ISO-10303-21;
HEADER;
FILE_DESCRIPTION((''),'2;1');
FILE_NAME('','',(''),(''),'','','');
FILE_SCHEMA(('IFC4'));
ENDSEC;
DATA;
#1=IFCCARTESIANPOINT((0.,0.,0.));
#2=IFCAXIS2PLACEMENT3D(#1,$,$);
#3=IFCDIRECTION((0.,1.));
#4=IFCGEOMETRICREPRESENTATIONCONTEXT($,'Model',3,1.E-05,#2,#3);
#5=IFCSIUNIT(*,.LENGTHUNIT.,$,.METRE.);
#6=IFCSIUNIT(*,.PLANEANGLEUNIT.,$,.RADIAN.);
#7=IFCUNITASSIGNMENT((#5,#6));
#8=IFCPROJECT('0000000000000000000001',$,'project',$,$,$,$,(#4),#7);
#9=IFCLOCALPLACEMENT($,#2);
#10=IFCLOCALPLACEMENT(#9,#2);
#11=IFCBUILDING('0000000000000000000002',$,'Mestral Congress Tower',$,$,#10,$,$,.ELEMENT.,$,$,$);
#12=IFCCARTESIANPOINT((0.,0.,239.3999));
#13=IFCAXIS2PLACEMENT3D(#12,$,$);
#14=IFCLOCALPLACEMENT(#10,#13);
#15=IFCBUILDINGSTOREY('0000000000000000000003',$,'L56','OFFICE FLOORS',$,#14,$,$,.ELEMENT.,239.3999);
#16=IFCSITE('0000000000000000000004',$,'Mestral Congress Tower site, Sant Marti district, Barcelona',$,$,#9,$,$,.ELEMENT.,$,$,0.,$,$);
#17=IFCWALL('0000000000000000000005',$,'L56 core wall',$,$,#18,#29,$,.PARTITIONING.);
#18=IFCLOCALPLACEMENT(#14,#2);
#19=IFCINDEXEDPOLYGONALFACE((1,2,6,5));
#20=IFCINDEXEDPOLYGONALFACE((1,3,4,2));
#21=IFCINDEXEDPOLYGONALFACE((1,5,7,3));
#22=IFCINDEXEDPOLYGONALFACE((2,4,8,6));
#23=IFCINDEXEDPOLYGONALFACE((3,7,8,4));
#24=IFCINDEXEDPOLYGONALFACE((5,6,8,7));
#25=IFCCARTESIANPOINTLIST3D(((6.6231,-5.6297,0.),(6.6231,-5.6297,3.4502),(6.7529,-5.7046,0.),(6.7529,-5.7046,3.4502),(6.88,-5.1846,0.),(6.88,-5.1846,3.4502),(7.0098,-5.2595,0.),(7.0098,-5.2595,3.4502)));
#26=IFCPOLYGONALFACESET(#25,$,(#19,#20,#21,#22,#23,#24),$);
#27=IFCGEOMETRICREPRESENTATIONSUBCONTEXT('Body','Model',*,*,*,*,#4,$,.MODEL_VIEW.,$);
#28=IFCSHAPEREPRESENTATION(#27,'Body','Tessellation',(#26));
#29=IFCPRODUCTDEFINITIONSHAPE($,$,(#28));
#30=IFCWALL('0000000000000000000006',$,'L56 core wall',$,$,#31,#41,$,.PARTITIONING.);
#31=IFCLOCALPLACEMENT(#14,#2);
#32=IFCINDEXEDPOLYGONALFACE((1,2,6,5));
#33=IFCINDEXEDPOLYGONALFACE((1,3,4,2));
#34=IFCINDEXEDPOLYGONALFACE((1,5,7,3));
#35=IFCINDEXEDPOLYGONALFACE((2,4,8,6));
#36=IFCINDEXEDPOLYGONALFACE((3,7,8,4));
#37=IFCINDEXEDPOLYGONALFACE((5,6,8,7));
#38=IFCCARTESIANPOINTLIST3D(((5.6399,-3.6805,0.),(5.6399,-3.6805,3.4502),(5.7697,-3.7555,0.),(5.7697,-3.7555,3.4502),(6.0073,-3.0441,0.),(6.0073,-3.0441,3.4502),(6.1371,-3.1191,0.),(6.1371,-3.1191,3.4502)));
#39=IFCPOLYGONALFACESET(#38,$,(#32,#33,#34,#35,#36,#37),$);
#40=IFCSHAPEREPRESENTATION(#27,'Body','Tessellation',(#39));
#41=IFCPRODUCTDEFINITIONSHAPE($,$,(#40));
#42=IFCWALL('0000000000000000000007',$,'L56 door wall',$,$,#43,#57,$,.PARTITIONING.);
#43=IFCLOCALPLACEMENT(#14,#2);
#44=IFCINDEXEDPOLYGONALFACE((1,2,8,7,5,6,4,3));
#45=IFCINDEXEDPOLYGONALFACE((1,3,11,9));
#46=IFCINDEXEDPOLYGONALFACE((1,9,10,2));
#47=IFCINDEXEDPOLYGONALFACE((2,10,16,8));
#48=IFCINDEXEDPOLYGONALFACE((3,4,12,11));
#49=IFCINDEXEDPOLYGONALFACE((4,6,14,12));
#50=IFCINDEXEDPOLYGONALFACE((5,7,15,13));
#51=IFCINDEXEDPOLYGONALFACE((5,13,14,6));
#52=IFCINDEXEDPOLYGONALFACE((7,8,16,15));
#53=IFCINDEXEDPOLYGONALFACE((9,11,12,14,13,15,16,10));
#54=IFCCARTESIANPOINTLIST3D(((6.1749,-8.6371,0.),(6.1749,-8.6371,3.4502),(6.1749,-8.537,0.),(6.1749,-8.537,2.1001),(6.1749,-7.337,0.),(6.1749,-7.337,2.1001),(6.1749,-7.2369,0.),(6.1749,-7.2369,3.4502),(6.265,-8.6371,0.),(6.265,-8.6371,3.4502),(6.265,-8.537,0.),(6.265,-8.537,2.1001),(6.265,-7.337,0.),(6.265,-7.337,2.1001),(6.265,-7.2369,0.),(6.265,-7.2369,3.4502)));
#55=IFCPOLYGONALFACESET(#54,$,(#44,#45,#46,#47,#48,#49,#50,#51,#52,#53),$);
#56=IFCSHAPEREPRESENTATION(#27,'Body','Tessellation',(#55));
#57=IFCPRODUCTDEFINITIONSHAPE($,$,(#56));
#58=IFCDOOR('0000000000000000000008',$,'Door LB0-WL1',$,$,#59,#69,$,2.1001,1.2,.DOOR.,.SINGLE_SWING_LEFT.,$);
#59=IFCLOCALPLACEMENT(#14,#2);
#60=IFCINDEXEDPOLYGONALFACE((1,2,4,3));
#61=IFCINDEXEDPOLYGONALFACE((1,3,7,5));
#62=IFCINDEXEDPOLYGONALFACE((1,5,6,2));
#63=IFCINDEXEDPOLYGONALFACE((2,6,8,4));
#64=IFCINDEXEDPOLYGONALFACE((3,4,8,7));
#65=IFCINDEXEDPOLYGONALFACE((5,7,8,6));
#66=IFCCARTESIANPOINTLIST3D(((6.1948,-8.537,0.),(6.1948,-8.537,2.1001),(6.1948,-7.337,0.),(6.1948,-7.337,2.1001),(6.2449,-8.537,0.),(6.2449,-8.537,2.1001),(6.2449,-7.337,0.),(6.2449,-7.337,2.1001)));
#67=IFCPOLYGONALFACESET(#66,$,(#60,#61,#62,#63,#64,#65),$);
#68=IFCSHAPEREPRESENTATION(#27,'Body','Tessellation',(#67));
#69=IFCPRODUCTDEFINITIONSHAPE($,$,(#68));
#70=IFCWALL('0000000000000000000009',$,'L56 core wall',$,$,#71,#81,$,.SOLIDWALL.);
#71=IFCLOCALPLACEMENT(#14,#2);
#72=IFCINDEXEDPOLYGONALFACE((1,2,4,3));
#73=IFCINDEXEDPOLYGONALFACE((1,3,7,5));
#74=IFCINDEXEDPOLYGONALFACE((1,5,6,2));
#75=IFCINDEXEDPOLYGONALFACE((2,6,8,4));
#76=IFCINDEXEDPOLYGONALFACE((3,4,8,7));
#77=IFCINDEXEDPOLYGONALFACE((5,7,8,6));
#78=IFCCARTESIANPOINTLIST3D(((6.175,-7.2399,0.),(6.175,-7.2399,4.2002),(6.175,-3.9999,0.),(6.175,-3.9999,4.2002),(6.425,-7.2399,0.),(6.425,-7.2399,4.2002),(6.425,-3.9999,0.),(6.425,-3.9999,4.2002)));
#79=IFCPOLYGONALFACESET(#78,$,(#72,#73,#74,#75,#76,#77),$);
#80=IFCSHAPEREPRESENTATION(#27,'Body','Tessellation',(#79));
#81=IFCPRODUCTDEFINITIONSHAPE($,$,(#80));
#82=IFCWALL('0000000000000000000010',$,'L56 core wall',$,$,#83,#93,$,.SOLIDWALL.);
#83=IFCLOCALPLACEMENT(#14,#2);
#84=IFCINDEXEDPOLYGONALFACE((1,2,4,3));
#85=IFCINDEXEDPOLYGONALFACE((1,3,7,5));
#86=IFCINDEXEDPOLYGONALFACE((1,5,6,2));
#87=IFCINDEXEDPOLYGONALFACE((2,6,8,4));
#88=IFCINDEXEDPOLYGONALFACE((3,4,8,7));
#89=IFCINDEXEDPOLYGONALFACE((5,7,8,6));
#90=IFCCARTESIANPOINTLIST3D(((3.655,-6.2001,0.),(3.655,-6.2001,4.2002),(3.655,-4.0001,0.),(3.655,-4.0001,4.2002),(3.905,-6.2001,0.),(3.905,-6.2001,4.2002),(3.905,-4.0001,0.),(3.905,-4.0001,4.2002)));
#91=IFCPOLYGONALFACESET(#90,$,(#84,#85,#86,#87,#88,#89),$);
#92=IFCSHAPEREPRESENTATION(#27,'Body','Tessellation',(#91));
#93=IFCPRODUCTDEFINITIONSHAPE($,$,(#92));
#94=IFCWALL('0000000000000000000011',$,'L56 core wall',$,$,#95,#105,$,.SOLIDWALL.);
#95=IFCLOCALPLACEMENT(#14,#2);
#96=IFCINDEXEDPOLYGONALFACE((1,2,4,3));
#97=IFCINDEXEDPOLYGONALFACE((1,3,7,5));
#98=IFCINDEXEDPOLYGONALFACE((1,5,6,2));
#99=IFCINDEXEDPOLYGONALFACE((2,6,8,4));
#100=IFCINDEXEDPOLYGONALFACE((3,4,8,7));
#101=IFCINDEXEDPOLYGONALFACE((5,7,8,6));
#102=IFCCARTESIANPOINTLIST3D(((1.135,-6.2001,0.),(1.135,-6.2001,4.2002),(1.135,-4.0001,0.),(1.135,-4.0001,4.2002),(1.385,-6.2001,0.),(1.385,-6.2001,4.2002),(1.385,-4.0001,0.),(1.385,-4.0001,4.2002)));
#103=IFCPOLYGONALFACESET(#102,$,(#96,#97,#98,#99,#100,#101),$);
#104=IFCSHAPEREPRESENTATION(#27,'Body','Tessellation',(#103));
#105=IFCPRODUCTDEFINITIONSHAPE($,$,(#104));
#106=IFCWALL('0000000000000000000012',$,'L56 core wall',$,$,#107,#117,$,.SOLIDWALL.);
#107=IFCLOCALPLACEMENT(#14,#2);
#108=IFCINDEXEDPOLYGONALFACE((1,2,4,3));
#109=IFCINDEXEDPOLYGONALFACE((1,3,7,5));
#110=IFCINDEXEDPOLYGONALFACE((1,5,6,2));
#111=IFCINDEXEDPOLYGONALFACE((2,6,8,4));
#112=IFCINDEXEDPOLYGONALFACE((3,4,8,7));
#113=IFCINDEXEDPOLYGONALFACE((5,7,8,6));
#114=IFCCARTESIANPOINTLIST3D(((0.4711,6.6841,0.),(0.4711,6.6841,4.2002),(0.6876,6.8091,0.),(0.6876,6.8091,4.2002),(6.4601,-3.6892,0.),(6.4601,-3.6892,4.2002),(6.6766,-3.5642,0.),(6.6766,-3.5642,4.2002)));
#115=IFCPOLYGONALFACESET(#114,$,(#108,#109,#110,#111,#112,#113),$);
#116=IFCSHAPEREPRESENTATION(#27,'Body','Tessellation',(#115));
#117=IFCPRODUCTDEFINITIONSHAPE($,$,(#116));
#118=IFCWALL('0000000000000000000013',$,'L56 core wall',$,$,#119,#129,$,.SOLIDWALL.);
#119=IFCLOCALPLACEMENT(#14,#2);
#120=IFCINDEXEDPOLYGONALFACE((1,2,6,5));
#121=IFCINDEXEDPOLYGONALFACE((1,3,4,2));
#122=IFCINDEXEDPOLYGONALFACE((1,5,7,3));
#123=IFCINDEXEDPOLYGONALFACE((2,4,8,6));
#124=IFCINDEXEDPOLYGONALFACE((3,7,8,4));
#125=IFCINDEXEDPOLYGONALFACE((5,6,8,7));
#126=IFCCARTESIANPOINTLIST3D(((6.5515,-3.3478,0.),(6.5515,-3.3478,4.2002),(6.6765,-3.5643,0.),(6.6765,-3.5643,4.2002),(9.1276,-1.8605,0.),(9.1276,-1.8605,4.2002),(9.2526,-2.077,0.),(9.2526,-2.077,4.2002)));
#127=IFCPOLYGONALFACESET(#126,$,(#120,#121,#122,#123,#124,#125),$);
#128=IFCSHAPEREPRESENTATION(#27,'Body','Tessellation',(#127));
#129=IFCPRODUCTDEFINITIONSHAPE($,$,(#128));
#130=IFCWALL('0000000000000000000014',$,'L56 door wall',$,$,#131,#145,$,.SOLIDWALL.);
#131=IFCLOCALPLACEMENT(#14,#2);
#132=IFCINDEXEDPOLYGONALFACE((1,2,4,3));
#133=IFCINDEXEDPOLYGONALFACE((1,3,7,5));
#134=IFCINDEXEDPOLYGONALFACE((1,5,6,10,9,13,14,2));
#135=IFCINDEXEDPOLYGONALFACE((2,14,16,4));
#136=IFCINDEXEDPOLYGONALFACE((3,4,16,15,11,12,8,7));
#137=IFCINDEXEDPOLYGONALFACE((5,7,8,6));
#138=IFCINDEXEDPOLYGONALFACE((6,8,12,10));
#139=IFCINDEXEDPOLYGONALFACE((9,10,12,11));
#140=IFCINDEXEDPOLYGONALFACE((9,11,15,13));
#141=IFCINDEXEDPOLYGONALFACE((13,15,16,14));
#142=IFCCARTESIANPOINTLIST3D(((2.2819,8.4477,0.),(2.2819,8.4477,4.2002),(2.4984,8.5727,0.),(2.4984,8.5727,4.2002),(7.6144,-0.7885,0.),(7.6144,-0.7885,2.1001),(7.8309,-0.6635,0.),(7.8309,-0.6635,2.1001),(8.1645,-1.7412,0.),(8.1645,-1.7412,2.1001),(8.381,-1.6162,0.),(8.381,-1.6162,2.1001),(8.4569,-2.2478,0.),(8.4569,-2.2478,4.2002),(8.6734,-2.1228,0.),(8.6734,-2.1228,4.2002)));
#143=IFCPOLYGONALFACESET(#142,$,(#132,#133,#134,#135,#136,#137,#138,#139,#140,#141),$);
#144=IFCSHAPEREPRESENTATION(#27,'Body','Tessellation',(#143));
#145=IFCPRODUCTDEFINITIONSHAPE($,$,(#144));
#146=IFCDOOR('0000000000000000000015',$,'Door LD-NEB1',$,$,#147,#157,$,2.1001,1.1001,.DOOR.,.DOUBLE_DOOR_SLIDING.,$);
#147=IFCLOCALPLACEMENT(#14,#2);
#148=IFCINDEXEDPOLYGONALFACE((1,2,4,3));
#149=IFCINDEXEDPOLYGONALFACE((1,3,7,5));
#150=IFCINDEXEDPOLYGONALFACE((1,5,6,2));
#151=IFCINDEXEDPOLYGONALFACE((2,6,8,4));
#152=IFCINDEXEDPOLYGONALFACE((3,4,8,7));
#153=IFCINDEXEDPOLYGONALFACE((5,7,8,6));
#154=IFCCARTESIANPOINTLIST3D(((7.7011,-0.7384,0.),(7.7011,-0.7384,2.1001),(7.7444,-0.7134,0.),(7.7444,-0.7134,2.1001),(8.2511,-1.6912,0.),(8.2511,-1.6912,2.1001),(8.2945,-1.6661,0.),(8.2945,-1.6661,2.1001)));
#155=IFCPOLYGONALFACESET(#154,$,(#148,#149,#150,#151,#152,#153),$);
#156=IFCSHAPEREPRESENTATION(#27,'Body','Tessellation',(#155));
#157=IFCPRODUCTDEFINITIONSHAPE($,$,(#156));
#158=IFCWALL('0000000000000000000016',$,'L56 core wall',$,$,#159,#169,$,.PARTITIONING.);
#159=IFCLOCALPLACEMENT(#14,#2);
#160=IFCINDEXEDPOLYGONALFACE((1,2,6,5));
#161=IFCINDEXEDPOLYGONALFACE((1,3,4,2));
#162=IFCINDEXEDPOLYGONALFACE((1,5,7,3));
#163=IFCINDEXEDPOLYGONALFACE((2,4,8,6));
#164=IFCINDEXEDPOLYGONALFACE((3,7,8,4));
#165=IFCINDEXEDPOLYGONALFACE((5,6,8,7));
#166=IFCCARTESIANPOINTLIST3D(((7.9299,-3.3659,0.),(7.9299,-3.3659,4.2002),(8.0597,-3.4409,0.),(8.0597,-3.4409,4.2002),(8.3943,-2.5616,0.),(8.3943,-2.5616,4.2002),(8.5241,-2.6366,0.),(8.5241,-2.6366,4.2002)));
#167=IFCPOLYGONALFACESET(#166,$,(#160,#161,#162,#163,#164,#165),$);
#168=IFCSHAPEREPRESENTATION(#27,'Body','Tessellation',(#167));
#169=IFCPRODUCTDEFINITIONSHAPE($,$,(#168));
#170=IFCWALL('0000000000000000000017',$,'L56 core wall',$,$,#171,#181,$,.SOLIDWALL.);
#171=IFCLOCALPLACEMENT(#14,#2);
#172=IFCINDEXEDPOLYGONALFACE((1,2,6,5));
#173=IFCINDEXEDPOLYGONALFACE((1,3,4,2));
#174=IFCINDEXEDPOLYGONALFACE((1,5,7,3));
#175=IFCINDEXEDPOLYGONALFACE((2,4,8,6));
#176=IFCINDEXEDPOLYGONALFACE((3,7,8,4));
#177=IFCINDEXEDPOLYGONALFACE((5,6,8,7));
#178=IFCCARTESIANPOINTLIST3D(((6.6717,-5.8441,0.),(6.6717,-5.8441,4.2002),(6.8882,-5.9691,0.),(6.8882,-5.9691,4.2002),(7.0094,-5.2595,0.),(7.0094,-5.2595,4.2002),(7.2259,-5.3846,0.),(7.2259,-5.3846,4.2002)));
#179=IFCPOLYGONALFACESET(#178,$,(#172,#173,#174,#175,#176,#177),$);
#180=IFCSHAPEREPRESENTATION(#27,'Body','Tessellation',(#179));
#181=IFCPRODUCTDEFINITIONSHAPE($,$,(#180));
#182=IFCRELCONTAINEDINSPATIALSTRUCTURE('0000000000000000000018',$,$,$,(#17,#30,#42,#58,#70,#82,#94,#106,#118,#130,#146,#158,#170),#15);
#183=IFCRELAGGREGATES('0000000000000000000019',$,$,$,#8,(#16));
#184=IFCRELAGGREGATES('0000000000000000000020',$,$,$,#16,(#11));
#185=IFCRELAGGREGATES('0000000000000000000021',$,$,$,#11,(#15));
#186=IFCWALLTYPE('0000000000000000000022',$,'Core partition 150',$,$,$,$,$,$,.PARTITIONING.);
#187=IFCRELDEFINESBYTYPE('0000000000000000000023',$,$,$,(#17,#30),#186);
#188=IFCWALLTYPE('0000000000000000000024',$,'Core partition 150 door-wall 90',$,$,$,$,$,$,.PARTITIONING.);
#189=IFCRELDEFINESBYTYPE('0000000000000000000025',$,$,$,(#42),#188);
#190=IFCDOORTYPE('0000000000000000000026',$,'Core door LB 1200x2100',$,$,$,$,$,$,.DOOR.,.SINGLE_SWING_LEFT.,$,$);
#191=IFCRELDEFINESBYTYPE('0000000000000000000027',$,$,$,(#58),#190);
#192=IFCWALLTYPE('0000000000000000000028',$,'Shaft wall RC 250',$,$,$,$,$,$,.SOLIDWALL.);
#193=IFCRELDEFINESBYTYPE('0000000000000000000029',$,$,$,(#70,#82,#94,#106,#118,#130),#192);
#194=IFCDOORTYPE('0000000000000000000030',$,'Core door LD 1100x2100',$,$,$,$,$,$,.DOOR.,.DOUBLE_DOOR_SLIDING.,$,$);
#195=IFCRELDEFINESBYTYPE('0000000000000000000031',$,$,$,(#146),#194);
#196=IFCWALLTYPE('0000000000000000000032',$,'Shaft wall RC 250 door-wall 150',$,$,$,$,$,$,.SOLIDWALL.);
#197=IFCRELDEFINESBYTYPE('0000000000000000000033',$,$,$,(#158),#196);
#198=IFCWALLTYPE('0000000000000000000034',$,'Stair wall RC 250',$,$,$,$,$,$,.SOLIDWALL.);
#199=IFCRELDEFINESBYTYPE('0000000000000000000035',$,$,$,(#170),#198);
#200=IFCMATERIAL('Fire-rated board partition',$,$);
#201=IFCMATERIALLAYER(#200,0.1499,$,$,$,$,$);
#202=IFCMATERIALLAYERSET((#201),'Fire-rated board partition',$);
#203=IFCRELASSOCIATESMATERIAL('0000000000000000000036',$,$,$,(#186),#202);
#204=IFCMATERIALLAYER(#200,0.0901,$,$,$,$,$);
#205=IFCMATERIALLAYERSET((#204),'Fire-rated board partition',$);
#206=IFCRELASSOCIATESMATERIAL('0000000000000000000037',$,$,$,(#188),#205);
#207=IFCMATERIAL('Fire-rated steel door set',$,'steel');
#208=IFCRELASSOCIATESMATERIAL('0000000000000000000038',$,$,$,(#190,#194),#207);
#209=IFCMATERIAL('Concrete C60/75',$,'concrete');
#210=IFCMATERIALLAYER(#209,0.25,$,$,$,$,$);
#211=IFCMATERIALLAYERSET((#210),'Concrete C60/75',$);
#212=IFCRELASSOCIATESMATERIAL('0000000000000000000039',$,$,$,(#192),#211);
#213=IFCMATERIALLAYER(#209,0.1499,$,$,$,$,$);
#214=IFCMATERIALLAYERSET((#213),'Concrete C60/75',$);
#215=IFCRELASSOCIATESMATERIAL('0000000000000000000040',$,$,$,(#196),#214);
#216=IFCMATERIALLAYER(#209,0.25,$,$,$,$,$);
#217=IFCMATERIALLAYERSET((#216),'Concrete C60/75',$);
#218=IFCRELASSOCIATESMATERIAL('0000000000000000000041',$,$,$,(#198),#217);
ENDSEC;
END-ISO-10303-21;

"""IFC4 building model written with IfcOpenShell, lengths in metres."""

from ifc_helpers import new_model, si_unit, direction, frame, frame_2d, origin, place, context, subcontext, project, spatial, rectangle, extrude, material, layer, layer_set, type_object, element, fill, save


model = new_model("IFC4")

# Units and contexts
model_context = context("Model", 3, precision=1e-05, world=origin(), true_north=direction((0.0, 1.0)))
body_context = subcontext(model_context, "Body", "Model", "MODEL_VIEW")
ifc_project = project(units=[si_unit("LENGTHUNIT", "METRE"), si_unit("PLANEANGLEUNIT", "RADIAN")], contexts=[model_context])

# Site, building, storey
site_placement = place(None, origin())
site = spatial("IfcSite", under=ifc_project, at=site_placement, Name="Mestral Congress Tower site, Sant Marti district, Barcelona", CompositionType="ELEMENT", RefElevation=0.0)
building_placement = place(site_placement, origin())
building = spatial("IfcBuilding", under=site, at=building_placement, Name="Mestral Congress Tower", CompositionType="ELEMENT")
storey_placement = place(building_placement, frame((0.0, 0.0, 239.3999)))
storey = spatial("IfcBuildingStorey", under=building, at=storey_placement, Name="L56", Description="OFFICE FLOORS", CompositionType="ELEMENT", Elevation=239.3999)

# Walls
ifc_material_1 = material(Name="Fire-rated board partition")
ifc_layer_1 = layer(ifc_material_1, 0.1499)
ifc_layer_set_1 = layer_set([ifc_layer_1], Name="Fire-rated board partition")
wall_type_1 = type_object("IfcWallType", Name="Core partition 150", PredefinedType="PARTITIONING", material=ifc_layer_set_1)
wall_1_placement = place(storey_placement, frame((6.9448, -5.2222, 0.0), z_axis=(0.0, 0.0, 1.0), x_axis=(-0.499818, -0.86613, 0.0)))
element("IfcWall", 1, at=wall_1_placement, inside=storey, type_object=wall_type_1, Name="L56 core wall", PredefinedType="PARTITIONING", context=body_context, shape_type="SweptSolid", body=[
    extrude(rectangle(XDim=0.5139, YDim=0.1499, at=frame_2d((0.2568, 0.0))), origin(), (0.0, 0.0, 1.0), 3.4502),
])
wall_2_placement = place(storey_placement, frame((5.7048, -3.718, 0.0), z_axis=(0.0, 0.0, 1.0), x_axis=(0.499962, 0.866047, 0.0)))
element("IfcWall", 2, at=wall_2_placement, inside=storey, type_object=wall_type_1, Name="L56 core wall", PredefinedType="PARTITIONING", context=body_context, shape_type="SweptSolid", body=[
    extrude(rectangle(XDim=0.7349, YDim=0.1499, at=frame_2d((0.3674, 0.0))), origin(), (0.0, 0.0, 1.0), 3.4502),
])

# Wall, opening, door
ifc_layer_2 = layer(ifc_material_1, 0.0901)
ifc_layer_set_2 = layer_set([ifc_layer_2], Name="Fire-rated board partition")
wall_type_2 = type_object("IfcWallType", Name="Core partition 150 door-wall 90", PredefinedType="PARTITIONING", material=ifc_layer_set_2)
wall_3_placement = place(storey_placement, frame((6.22, -7.2368, 0.0), z_axis=(0.0, 0.0, 1.0), x_axis=(0.0, -1.0, 0.0)))
wall_3 = element("IfcWall", 3, at=wall_3_placement, inside=storey, type_object=wall_type_2, Name="L56 door wall", PredefinedType="PARTITIONING", context=body_context, shape_type="SweptSolid", body=[
    extrude(rectangle(XDim=1.4001, YDim=0.0901, at=frame_2d((0.7002, 0.0))), origin(), (0.0, 0.0, 1.0), 3.4502),
])
opening_1_placement = place(wall_3_placement, frame((0.1001, 0.0, 0.0)))
opening_1 = element("IfcOpeningElement", 4, at=opening_1_placement, cuts=wall_3, PredefinedType="OPENING", context=body_context, shape_type="SweptSolid", body=[
    extrude(rectangle(XDim=1.2, YDim=2.1001, at=frame_2d((0.6001, 1.05))), frame((0.0, 0.0549, 0.0), z_axis=(0.0, -1.0, 0.0), x_axis=(1.0, 0.0, 0.0)), (0.0, 0.0, 1.0), 0.1101),
])
ifc_material_2 = material(Name="Fire-rated steel door set", Category="steel")
door_type_1 = type_object("IfcDoorType", Name="Core door LB 1200x2100", OperationType="SINGLE_SWING_LEFT", PredefinedType="DOOR", material=ifc_material_2)
door_1_placement = place(opening_1_placement, origin())
door_1 = element("IfcDoor", 5, at=door_1_placement, inside=storey, type_object=door_type_1, Name="Door LB0-WL1", OperationType="SINGLE_SWING_LEFT", OverallHeight=2.1001, OverallWidth=1.2, PredefinedType="DOOR", context=body_context, shape_type="SweptSolid", body=[
    extrude(rectangle(XDim=1.2, YDim=2.1001, at=frame_2d((0.6001, 1.05))), frame((0.0, 0.0249, 0.0), z_axis=(0.0, -1.0, 0.0), x_axis=(1.0, 0.0, 0.0)), (0.0, 0.0, 1.0), 0.05),
])
fill(opening_1, door_1)

# Walls
ifc_material_3 = material(Name="Concrete C60/75", Category="concrete")
ifc_layer_3 = layer(ifc_material_3, 0.25)
ifc_layer_set_3 = layer_set([ifc_layer_3], Name="Concrete C60/75")
wall_type_3 = type_object("IfcWallType", Name="Shaft wall RC 250", PredefinedType="SOLIDWALL", material=ifc_layer_set_3)
wall_4_placement = place(storey_placement, frame((6.3, -7.24, 0.0), z_axis=(0.0, 0.0, 1.0), x_axis=(0.0, 1.0, 0.0)))
element("IfcWall", 6, at=wall_4_placement, inside=storey, type_object=wall_type_3, Name="L56 core wall", PredefinedType="SOLIDWALL", context=body_context, shape_type="SweptSolid", body=[
    extrude(rectangle(XDim=3.24, YDim=0.25, at=frame_2d((1.6201, 0.0))), origin(), (0.0, 0.0, 1.0), 4.2002),
])
for number, where, z_axis, x_axis, name in (
    (7, (3.78, -4.0, 0.0), (0.0, 0.0, 1.0), (0.0, -1.0, 0.0), "L56 core wall"),
    (8, (1.26, -4.0, 0.0), (0.0, 0.0, 1.0), (0.0, -1.0, 0.0), "L56 core wall"),
):
    element("IfcWall", number, at=place(storey_placement, frame(where, z_axis=z_axis, x_axis=x_axis)), inside=storey, type_object=wall_type_3, Name=name, PredefinedType="SOLIDWALL", context=body_context, shape_type="SweptSolid", body=[
        extrude(rectangle(XDim=2.2, YDim=0.25, at=frame_2d((1.1001, 0.0))), origin(), (0.0, 0.0, 1.0), 4.2002),
    ])
wall_5_placement = place(storey_placement, frame((6.5684, -3.6267, 0.0), z_axis=(0.0, 0.0, 1.0), x_axis=(-0.499999, 0.866026, 0.0)))
element("IfcWall", 9, at=wall_5_placement, inside=storey, type_object=wall_type_3, Name="L56 core wall", PredefinedType="SOLIDWALL", context=body_context, shape_type="SweptSolid", body=[
    extrude(rectangle(XDim=11.978, YDim=0.25, at=frame_2d((5.989, 0.0))), origin(), (0.0, 0.0, 1.0), 4.2002),
])
wall_6_placement = place(storey_placement, frame((6.614, -3.4561, 0.0), z_axis=(0.0, 0.0, 1.0), x_axis=(0.866033, 0.499988, 0.0)))
element("IfcWall", 10, at=wall_6_placement, inside=storey, type_object=wall_type_3, Name="L56 core wall", PredefinedType="SOLIDWALL", context=body_context, shape_type="SweptSolid", body=[
    extrude(rectangle(XDim=2.9746, YDim=0.25, at=frame_2d((1.4873, 0.0))), origin(), (0.0, 0.0, 1.0), 4.2002),
])

# Wall, opening, door
wall_7_placement = place(storey_placement, frame((8.5652, -2.1853, 0.0), z_axis=(0.0, 0.0, 1.0), x_axis=(-0.499998, 0.866027, 0.0)))
wall_7 = element("IfcWall", 11, at=wall_7_placement, inside=storey, type_object=wall_type_3, Name="L56 door wall", PredefinedType="SOLIDWALL", context=body_context, shape_type="SweptSolid", body=[
    extrude(rectangle(XDim=12.3501, YDim=0.25, at=frame_2d((6.175, 0.0))), origin(), (0.0, 0.0, 1.0), 4.2002),
])
opening_2_placement = place(wall_7_placement, frame((0.585, 0.0, 0.0)))
opening_2 = element("IfcOpeningElement", 12, at=opening_2_placement, cuts=wall_7, PredefinedType="OPENING", context=body_context, shape_type="SweptSolid", body=[
    extrude(rectangle(XDim=1.1001, YDim=2.1001, at=frame_2d((0.55, 1.05))), frame((0.0, 0.135, 0.0), z_axis=(0.0, -1.0, 0.0), x_axis=(1.0, 0.0, 0.0)), (0.0, 0.0, 1.0), 0.27),
])
door_type_2 = type_object("IfcDoorType", Name="Core door LD 1100x2100", OperationType="DOUBLE_DOOR_SLIDING", PredefinedType="DOOR", material=ifc_material_2)
door_2_placement = place(opening_2_placement, origin())
door_2 = element("IfcDoor", 13, at=door_2_placement, inside=storey, type_object=door_type_2, Name="Door LD-NEB1", OperationType="DOUBLE_DOOR_SLIDING", OverallHeight=2.1001, OverallWidth=1.1001, PredefinedType="DOOR", context=body_context, shape_type="SweptSolid", body=[
    extrude(rectangle(XDim=1.1001, YDim=2.1001, at=frame_2d((0.55, 1.05))), frame((0.0, 0.0249, 0.0), z_axis=(0.0, -1.0, 0.0), x_axis=(1.0, 0.0, 0.0)), (0.0, 0.0, 1.0), 0.05),
])
fill(opening_2, door_2)

# Walls
ifc_layer_4 = layer(ifc_material_3, 0.1499)
ifc_layer_set_4 = layer_set([ifc_layer_4], Name="Concrete C60/75")
wall_type_4 = type_object("IfcWallType", Name="Shaft wall RC 250 door-wall 150", PredefinedType="SOLIDWALL", material=ifc_layer_set_4)
wall_8_placement = place(storey_placement, frame((8.4592, -2.5991, 0.0), z_axis=(0.0, 0.0, 1.0), x_axis=(-0.500041, -0.866002, 0.0)))
element("IfcWall", 14, at=wall_8_placement, inside=storey, type_object=wall_type_4, Name="L56 core wall", PredefinedType="PARTITIONING", context=body_context, shape_type="SweptSolid", body=[
    extrude(rectangle(XDim=0.9287, YDim=0.1499, at=frame_2d((0.4644, 0.0))), origin(), (0.0, 0.0, 1.0), 4.2002),
])
ifc_layer_5 = layer(ifc_material_3, 0.25)
ifc_layer_set_5 = layer_set([ifc_layer_5], Name="Concrete C60/75")
wall_type_5 = type_object("IfcWallType", Name="Stair wall RC 250", PredefinedType="SOLIDWALL", material=ifc_layer_set_5)
wall_9_placement = place(storey_placement, frame((6.78, -5.9065, 0.0), z_axis=(0.0, 0.0, 1.0), x_axis=(0.500223, 0.865896, 0.0)))
element("IfcWall", 15, at=wall_9_placement, inside=storey, type_object=wall_type_5, Name="L56 core wall", PredefinedType="SOLIDWALL", context=body_context, shape_type="SweptSolid", body=[
    extrude(rectangle(XDim=0.675, YDim=0.25, at=frame_2d((0.3374, 0.0))), origin(), (0.0, 0.0, 1.0), 4.2002),
])

save(model, "model.ifc")
